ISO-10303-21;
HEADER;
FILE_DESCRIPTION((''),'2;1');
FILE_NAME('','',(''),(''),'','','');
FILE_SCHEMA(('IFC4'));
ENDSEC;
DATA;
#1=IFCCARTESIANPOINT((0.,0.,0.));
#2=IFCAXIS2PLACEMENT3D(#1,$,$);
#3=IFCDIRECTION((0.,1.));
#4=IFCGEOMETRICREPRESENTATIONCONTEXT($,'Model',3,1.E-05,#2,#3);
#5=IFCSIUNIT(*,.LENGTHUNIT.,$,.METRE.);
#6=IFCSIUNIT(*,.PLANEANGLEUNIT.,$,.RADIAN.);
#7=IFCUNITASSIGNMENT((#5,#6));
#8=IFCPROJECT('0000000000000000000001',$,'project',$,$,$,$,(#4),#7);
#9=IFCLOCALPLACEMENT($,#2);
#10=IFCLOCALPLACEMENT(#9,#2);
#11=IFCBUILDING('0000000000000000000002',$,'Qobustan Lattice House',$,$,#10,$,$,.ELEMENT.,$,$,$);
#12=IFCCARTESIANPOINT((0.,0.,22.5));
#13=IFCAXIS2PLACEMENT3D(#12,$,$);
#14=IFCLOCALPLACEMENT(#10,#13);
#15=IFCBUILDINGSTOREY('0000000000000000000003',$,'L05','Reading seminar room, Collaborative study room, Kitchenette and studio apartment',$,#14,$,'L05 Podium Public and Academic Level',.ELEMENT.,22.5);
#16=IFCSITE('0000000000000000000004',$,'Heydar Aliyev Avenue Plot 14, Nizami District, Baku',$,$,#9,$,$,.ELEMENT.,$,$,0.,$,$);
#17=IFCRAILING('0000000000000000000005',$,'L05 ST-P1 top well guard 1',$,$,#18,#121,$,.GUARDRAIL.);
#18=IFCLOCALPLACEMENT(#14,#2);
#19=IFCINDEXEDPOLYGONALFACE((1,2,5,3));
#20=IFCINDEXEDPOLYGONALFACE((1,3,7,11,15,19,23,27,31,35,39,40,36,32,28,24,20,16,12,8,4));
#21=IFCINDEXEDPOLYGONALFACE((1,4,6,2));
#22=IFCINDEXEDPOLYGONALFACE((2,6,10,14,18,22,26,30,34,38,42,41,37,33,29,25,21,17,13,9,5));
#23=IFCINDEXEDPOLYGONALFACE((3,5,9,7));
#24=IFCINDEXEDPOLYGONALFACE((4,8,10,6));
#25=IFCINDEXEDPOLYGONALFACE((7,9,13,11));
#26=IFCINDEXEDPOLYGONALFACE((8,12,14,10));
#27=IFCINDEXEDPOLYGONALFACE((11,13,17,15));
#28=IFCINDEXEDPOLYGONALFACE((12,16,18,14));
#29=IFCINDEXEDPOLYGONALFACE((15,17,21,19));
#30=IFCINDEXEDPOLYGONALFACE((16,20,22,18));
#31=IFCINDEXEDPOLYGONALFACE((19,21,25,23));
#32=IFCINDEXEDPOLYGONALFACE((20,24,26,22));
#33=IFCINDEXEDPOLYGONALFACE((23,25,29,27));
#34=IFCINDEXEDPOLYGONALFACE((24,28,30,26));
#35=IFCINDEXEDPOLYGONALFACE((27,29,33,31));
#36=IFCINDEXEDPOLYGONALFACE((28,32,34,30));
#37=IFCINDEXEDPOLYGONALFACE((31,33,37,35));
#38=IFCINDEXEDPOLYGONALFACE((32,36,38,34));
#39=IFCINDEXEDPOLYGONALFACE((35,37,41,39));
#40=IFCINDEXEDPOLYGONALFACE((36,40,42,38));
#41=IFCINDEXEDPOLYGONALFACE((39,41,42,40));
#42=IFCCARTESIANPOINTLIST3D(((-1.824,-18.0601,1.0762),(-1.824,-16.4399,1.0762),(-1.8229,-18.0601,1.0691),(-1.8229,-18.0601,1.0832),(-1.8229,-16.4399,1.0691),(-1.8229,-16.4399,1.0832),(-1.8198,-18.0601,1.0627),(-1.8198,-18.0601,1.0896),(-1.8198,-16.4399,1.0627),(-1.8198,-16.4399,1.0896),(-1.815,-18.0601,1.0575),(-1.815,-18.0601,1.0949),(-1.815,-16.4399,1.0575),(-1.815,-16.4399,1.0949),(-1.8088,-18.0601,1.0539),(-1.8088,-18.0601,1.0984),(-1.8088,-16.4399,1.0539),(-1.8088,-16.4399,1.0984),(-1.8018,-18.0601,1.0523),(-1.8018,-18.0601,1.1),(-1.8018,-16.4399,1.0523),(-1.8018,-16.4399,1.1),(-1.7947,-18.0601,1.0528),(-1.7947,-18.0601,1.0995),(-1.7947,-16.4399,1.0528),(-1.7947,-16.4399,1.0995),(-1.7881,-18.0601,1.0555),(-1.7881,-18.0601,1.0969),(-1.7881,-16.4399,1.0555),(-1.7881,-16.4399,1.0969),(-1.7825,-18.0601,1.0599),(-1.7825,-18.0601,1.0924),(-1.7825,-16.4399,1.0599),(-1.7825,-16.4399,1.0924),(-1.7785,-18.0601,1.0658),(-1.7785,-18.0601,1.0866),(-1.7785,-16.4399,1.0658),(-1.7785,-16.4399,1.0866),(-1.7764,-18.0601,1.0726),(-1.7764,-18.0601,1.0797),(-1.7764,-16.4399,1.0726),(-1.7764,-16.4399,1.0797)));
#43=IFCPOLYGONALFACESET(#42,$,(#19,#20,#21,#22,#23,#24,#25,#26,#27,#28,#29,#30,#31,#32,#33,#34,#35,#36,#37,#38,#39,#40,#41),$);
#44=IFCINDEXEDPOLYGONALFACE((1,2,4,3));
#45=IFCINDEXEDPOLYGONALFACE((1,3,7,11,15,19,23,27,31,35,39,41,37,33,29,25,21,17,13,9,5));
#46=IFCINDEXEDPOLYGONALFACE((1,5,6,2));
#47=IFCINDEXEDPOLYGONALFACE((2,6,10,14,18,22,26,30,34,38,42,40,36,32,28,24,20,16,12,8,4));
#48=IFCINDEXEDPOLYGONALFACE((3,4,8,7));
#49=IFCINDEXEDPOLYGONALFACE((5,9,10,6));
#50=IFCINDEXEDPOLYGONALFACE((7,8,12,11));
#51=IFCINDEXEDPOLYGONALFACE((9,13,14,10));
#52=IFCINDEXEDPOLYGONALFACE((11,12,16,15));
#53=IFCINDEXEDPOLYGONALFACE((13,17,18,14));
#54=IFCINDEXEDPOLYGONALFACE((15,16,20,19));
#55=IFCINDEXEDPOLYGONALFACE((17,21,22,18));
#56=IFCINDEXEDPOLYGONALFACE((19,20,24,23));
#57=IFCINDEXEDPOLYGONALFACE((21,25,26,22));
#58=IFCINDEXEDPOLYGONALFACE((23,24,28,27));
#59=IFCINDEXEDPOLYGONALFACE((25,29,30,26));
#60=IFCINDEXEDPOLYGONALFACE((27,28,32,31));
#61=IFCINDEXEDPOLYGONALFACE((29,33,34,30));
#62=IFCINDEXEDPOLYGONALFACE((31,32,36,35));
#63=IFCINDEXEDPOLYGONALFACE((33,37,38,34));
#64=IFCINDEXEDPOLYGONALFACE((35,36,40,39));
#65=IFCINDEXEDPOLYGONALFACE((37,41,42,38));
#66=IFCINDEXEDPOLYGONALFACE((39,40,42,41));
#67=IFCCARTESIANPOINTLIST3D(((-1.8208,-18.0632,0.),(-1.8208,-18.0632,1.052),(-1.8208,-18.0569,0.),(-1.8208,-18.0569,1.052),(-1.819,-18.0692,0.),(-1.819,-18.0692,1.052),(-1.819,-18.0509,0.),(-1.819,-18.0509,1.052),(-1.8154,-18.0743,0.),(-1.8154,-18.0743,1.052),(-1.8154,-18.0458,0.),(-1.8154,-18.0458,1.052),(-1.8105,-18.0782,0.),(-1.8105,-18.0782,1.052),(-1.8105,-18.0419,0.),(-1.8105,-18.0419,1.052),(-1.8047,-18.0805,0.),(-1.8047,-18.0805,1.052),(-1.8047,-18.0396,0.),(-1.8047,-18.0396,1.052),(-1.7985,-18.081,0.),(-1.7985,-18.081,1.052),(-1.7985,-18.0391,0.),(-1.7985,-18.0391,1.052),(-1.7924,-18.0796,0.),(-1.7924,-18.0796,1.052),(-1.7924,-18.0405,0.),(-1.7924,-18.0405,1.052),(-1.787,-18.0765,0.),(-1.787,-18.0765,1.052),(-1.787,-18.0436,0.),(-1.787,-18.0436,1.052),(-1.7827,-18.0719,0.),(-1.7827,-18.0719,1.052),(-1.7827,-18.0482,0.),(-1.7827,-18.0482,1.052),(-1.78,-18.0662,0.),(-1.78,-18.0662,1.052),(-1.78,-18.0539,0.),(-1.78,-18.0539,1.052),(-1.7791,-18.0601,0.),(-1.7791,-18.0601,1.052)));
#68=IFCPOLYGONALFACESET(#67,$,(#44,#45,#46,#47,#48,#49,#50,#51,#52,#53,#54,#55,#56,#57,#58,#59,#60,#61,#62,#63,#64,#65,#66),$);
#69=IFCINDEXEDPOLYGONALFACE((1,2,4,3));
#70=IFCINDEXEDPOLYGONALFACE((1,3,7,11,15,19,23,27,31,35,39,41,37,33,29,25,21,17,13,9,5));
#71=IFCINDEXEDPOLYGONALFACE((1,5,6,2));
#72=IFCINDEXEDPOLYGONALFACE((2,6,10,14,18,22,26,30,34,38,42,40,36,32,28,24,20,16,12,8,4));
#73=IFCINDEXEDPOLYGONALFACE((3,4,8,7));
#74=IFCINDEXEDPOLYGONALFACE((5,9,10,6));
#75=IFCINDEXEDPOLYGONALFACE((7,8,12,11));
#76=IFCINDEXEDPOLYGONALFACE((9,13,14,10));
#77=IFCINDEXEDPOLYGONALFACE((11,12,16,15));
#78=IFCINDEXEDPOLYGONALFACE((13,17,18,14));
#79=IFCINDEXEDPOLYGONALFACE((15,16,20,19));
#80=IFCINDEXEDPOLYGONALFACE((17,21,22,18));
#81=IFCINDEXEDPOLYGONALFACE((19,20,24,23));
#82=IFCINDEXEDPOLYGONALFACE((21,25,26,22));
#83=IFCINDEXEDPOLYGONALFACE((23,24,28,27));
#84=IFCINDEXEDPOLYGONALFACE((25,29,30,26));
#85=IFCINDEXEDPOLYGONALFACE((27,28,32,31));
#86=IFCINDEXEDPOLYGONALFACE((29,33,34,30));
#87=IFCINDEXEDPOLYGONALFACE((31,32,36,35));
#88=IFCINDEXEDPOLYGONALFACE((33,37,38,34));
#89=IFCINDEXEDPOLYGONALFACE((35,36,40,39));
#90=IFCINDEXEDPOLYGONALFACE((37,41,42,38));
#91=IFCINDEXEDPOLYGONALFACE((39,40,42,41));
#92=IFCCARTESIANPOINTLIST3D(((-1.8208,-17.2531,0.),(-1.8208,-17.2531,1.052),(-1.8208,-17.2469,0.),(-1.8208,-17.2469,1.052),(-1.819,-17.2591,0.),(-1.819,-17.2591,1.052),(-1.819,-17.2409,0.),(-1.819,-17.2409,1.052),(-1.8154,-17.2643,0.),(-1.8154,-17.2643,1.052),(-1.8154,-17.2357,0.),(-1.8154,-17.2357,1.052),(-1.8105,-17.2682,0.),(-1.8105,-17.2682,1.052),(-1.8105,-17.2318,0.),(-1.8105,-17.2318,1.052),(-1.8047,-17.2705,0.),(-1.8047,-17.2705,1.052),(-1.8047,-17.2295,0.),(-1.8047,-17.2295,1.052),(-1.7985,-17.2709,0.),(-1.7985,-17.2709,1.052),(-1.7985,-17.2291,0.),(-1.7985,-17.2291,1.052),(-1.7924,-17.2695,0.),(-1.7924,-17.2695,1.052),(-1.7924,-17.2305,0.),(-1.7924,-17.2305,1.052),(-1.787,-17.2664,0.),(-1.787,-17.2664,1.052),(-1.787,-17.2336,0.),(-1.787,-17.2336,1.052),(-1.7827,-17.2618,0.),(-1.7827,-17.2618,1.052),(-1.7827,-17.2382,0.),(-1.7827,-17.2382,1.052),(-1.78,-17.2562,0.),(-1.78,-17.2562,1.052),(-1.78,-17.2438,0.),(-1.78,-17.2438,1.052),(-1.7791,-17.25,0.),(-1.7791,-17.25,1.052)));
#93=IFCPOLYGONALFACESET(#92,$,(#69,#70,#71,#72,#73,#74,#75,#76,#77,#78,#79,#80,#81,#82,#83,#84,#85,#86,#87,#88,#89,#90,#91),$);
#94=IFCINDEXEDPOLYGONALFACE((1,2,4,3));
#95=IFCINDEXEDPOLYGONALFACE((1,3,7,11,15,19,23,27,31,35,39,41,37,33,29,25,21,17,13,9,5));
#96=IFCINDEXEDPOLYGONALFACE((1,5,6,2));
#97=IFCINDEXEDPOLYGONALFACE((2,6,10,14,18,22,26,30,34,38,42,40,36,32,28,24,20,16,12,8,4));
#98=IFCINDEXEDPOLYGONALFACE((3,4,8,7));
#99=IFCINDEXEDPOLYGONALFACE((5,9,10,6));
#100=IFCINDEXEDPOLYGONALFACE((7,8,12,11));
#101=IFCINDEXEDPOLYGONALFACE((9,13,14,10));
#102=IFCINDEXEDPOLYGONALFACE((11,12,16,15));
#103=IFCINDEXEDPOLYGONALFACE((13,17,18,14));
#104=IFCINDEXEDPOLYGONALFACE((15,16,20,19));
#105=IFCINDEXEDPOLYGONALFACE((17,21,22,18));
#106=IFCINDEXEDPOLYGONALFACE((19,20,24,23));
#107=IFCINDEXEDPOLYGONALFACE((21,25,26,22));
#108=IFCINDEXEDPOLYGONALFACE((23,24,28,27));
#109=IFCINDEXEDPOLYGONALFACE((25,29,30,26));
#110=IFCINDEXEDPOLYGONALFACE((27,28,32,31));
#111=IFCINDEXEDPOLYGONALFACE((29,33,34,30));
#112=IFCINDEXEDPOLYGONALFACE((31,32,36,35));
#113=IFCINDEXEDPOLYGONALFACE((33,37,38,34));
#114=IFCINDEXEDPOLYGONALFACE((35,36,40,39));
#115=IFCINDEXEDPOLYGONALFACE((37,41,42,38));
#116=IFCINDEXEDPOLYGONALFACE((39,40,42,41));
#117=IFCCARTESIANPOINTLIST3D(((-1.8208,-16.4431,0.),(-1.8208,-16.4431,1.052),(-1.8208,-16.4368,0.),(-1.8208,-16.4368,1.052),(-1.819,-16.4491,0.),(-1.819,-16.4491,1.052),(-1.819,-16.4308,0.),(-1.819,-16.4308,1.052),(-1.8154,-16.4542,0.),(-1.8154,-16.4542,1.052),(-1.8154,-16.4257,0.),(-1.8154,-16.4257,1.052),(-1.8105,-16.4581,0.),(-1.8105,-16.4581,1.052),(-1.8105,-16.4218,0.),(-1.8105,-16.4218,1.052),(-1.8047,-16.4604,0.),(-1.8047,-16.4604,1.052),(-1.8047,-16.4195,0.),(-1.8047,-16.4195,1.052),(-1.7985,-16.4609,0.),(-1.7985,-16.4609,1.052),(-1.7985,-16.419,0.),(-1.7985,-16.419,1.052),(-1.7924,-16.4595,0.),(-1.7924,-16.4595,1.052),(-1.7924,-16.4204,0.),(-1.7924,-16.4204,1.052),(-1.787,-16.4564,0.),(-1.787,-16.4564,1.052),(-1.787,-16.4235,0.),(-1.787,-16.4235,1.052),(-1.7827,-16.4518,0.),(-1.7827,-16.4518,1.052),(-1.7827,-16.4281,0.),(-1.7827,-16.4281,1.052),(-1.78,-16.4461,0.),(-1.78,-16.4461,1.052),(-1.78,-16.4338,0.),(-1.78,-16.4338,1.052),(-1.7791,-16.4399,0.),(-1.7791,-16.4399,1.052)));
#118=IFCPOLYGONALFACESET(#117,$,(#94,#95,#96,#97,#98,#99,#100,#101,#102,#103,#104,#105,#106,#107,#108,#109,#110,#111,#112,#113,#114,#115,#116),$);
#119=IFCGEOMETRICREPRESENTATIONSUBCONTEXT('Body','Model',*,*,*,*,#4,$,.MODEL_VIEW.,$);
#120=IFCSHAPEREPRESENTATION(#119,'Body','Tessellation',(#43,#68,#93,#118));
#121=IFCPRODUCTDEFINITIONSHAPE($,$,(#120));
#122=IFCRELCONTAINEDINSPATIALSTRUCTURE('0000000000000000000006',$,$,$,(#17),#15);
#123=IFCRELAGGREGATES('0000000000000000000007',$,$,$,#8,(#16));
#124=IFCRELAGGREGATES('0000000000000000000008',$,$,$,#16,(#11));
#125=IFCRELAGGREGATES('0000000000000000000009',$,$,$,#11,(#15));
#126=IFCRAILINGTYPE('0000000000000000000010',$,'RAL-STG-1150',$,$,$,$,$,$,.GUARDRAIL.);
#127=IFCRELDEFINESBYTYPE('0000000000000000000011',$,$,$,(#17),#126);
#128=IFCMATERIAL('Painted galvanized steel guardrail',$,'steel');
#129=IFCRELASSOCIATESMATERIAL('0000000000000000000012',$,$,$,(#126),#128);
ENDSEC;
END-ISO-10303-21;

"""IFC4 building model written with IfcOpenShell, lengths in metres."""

from ifc_helpers import new_model, si_unit, direction, frame, origin, origin_2d, place, context, subcontext, project, spatial, circle, extrude, material, type_object, element, save


model = new_model("IFC4")

# Units and contexts
model_context = context("Model", 3, precision=1e-05, world=origin(), true_north=direction((0.0, 1.0)))
body_context = subcontext(model_context, "Body", "Model", "MODEL_VIEW")
ifc_project = project(units=[si_unit("LENGTHUNIT", "METRE"), si_unit("PLANEANGLEUNIT", "RADIAN")], contexts=[model_context])

# Site, building, storey
site_placement = place(None, origin())
site = spatial("IfcSite", under=ifc_project, at=site_placement, Name="Heydar Aliyev Avenue Plot 14, Nizami District, Baku", CompositionType="ELEMENT", RefElevation=0.0)
building_placement = place(site_placement, origin())
building = spatial("IfcBuilding", under=site, at=building_placement, Name="Qobustan Lattice House", CompositionType="ELEMENT")
storey_placement = place(building_placement, frame((0.0, 0.0, 22.5)))
storey = spatial("IfcBuildingStorey", under=building, at=storey_placement, Name="L05", Description="Reading seminar room, Collaborative study room, Kitchenette and studio apartment", LongName="L05 Podium Public and Academic Level", CompositionType="ELEMENT", Elevation=22.5)

# Railing
ifc_material_1 = material(Name="Painted galvanized steel guardrail", Category="steel")
railing_type = type_object("IfcRailingType", Name="RAL-STG-1150", PredefinedType="GUARDRAIL", material=ifc_material_1)
railing_placement = place(storey_placement, frame((-1.8, -18.0601, 0.0)))
element("IfcRailing", 1, at=railing_placement, inside=storey, type_object=railing_type, Name="L05 ST-P1 top well guard 1", PredefinedType="GUARDRAIL", context=body_context, shape_type="SweptSolid", body=[
    extrude(circle(Radius=0.0239, at=origin_2d()), frame((0.0, 0.0, 1.0762), z_axis=(0.0, 1.0, 0.0), x_axis=(-1.0, 0.0, 0.0)), (0.0, 0.0, 1.0), 1.6201),
    extrude(circle(Radius=0.021, at=origin_2d()), origin(), (0.0, 0.0, 1.0), 1.052),
    extrude(circle(Radius=0.021, at=origin_2d()), frame((0.0, 0.8101, 0.0)), (0.0, 0.0, 1.0), 1.052),
    extrude(circle(Radius=0.021, at=origin_2d()), frame((0.0, 1.6201, 0.0)), (0.0, 0.0, 1.0), 1.052),
])

save(model, "model.ifc")
